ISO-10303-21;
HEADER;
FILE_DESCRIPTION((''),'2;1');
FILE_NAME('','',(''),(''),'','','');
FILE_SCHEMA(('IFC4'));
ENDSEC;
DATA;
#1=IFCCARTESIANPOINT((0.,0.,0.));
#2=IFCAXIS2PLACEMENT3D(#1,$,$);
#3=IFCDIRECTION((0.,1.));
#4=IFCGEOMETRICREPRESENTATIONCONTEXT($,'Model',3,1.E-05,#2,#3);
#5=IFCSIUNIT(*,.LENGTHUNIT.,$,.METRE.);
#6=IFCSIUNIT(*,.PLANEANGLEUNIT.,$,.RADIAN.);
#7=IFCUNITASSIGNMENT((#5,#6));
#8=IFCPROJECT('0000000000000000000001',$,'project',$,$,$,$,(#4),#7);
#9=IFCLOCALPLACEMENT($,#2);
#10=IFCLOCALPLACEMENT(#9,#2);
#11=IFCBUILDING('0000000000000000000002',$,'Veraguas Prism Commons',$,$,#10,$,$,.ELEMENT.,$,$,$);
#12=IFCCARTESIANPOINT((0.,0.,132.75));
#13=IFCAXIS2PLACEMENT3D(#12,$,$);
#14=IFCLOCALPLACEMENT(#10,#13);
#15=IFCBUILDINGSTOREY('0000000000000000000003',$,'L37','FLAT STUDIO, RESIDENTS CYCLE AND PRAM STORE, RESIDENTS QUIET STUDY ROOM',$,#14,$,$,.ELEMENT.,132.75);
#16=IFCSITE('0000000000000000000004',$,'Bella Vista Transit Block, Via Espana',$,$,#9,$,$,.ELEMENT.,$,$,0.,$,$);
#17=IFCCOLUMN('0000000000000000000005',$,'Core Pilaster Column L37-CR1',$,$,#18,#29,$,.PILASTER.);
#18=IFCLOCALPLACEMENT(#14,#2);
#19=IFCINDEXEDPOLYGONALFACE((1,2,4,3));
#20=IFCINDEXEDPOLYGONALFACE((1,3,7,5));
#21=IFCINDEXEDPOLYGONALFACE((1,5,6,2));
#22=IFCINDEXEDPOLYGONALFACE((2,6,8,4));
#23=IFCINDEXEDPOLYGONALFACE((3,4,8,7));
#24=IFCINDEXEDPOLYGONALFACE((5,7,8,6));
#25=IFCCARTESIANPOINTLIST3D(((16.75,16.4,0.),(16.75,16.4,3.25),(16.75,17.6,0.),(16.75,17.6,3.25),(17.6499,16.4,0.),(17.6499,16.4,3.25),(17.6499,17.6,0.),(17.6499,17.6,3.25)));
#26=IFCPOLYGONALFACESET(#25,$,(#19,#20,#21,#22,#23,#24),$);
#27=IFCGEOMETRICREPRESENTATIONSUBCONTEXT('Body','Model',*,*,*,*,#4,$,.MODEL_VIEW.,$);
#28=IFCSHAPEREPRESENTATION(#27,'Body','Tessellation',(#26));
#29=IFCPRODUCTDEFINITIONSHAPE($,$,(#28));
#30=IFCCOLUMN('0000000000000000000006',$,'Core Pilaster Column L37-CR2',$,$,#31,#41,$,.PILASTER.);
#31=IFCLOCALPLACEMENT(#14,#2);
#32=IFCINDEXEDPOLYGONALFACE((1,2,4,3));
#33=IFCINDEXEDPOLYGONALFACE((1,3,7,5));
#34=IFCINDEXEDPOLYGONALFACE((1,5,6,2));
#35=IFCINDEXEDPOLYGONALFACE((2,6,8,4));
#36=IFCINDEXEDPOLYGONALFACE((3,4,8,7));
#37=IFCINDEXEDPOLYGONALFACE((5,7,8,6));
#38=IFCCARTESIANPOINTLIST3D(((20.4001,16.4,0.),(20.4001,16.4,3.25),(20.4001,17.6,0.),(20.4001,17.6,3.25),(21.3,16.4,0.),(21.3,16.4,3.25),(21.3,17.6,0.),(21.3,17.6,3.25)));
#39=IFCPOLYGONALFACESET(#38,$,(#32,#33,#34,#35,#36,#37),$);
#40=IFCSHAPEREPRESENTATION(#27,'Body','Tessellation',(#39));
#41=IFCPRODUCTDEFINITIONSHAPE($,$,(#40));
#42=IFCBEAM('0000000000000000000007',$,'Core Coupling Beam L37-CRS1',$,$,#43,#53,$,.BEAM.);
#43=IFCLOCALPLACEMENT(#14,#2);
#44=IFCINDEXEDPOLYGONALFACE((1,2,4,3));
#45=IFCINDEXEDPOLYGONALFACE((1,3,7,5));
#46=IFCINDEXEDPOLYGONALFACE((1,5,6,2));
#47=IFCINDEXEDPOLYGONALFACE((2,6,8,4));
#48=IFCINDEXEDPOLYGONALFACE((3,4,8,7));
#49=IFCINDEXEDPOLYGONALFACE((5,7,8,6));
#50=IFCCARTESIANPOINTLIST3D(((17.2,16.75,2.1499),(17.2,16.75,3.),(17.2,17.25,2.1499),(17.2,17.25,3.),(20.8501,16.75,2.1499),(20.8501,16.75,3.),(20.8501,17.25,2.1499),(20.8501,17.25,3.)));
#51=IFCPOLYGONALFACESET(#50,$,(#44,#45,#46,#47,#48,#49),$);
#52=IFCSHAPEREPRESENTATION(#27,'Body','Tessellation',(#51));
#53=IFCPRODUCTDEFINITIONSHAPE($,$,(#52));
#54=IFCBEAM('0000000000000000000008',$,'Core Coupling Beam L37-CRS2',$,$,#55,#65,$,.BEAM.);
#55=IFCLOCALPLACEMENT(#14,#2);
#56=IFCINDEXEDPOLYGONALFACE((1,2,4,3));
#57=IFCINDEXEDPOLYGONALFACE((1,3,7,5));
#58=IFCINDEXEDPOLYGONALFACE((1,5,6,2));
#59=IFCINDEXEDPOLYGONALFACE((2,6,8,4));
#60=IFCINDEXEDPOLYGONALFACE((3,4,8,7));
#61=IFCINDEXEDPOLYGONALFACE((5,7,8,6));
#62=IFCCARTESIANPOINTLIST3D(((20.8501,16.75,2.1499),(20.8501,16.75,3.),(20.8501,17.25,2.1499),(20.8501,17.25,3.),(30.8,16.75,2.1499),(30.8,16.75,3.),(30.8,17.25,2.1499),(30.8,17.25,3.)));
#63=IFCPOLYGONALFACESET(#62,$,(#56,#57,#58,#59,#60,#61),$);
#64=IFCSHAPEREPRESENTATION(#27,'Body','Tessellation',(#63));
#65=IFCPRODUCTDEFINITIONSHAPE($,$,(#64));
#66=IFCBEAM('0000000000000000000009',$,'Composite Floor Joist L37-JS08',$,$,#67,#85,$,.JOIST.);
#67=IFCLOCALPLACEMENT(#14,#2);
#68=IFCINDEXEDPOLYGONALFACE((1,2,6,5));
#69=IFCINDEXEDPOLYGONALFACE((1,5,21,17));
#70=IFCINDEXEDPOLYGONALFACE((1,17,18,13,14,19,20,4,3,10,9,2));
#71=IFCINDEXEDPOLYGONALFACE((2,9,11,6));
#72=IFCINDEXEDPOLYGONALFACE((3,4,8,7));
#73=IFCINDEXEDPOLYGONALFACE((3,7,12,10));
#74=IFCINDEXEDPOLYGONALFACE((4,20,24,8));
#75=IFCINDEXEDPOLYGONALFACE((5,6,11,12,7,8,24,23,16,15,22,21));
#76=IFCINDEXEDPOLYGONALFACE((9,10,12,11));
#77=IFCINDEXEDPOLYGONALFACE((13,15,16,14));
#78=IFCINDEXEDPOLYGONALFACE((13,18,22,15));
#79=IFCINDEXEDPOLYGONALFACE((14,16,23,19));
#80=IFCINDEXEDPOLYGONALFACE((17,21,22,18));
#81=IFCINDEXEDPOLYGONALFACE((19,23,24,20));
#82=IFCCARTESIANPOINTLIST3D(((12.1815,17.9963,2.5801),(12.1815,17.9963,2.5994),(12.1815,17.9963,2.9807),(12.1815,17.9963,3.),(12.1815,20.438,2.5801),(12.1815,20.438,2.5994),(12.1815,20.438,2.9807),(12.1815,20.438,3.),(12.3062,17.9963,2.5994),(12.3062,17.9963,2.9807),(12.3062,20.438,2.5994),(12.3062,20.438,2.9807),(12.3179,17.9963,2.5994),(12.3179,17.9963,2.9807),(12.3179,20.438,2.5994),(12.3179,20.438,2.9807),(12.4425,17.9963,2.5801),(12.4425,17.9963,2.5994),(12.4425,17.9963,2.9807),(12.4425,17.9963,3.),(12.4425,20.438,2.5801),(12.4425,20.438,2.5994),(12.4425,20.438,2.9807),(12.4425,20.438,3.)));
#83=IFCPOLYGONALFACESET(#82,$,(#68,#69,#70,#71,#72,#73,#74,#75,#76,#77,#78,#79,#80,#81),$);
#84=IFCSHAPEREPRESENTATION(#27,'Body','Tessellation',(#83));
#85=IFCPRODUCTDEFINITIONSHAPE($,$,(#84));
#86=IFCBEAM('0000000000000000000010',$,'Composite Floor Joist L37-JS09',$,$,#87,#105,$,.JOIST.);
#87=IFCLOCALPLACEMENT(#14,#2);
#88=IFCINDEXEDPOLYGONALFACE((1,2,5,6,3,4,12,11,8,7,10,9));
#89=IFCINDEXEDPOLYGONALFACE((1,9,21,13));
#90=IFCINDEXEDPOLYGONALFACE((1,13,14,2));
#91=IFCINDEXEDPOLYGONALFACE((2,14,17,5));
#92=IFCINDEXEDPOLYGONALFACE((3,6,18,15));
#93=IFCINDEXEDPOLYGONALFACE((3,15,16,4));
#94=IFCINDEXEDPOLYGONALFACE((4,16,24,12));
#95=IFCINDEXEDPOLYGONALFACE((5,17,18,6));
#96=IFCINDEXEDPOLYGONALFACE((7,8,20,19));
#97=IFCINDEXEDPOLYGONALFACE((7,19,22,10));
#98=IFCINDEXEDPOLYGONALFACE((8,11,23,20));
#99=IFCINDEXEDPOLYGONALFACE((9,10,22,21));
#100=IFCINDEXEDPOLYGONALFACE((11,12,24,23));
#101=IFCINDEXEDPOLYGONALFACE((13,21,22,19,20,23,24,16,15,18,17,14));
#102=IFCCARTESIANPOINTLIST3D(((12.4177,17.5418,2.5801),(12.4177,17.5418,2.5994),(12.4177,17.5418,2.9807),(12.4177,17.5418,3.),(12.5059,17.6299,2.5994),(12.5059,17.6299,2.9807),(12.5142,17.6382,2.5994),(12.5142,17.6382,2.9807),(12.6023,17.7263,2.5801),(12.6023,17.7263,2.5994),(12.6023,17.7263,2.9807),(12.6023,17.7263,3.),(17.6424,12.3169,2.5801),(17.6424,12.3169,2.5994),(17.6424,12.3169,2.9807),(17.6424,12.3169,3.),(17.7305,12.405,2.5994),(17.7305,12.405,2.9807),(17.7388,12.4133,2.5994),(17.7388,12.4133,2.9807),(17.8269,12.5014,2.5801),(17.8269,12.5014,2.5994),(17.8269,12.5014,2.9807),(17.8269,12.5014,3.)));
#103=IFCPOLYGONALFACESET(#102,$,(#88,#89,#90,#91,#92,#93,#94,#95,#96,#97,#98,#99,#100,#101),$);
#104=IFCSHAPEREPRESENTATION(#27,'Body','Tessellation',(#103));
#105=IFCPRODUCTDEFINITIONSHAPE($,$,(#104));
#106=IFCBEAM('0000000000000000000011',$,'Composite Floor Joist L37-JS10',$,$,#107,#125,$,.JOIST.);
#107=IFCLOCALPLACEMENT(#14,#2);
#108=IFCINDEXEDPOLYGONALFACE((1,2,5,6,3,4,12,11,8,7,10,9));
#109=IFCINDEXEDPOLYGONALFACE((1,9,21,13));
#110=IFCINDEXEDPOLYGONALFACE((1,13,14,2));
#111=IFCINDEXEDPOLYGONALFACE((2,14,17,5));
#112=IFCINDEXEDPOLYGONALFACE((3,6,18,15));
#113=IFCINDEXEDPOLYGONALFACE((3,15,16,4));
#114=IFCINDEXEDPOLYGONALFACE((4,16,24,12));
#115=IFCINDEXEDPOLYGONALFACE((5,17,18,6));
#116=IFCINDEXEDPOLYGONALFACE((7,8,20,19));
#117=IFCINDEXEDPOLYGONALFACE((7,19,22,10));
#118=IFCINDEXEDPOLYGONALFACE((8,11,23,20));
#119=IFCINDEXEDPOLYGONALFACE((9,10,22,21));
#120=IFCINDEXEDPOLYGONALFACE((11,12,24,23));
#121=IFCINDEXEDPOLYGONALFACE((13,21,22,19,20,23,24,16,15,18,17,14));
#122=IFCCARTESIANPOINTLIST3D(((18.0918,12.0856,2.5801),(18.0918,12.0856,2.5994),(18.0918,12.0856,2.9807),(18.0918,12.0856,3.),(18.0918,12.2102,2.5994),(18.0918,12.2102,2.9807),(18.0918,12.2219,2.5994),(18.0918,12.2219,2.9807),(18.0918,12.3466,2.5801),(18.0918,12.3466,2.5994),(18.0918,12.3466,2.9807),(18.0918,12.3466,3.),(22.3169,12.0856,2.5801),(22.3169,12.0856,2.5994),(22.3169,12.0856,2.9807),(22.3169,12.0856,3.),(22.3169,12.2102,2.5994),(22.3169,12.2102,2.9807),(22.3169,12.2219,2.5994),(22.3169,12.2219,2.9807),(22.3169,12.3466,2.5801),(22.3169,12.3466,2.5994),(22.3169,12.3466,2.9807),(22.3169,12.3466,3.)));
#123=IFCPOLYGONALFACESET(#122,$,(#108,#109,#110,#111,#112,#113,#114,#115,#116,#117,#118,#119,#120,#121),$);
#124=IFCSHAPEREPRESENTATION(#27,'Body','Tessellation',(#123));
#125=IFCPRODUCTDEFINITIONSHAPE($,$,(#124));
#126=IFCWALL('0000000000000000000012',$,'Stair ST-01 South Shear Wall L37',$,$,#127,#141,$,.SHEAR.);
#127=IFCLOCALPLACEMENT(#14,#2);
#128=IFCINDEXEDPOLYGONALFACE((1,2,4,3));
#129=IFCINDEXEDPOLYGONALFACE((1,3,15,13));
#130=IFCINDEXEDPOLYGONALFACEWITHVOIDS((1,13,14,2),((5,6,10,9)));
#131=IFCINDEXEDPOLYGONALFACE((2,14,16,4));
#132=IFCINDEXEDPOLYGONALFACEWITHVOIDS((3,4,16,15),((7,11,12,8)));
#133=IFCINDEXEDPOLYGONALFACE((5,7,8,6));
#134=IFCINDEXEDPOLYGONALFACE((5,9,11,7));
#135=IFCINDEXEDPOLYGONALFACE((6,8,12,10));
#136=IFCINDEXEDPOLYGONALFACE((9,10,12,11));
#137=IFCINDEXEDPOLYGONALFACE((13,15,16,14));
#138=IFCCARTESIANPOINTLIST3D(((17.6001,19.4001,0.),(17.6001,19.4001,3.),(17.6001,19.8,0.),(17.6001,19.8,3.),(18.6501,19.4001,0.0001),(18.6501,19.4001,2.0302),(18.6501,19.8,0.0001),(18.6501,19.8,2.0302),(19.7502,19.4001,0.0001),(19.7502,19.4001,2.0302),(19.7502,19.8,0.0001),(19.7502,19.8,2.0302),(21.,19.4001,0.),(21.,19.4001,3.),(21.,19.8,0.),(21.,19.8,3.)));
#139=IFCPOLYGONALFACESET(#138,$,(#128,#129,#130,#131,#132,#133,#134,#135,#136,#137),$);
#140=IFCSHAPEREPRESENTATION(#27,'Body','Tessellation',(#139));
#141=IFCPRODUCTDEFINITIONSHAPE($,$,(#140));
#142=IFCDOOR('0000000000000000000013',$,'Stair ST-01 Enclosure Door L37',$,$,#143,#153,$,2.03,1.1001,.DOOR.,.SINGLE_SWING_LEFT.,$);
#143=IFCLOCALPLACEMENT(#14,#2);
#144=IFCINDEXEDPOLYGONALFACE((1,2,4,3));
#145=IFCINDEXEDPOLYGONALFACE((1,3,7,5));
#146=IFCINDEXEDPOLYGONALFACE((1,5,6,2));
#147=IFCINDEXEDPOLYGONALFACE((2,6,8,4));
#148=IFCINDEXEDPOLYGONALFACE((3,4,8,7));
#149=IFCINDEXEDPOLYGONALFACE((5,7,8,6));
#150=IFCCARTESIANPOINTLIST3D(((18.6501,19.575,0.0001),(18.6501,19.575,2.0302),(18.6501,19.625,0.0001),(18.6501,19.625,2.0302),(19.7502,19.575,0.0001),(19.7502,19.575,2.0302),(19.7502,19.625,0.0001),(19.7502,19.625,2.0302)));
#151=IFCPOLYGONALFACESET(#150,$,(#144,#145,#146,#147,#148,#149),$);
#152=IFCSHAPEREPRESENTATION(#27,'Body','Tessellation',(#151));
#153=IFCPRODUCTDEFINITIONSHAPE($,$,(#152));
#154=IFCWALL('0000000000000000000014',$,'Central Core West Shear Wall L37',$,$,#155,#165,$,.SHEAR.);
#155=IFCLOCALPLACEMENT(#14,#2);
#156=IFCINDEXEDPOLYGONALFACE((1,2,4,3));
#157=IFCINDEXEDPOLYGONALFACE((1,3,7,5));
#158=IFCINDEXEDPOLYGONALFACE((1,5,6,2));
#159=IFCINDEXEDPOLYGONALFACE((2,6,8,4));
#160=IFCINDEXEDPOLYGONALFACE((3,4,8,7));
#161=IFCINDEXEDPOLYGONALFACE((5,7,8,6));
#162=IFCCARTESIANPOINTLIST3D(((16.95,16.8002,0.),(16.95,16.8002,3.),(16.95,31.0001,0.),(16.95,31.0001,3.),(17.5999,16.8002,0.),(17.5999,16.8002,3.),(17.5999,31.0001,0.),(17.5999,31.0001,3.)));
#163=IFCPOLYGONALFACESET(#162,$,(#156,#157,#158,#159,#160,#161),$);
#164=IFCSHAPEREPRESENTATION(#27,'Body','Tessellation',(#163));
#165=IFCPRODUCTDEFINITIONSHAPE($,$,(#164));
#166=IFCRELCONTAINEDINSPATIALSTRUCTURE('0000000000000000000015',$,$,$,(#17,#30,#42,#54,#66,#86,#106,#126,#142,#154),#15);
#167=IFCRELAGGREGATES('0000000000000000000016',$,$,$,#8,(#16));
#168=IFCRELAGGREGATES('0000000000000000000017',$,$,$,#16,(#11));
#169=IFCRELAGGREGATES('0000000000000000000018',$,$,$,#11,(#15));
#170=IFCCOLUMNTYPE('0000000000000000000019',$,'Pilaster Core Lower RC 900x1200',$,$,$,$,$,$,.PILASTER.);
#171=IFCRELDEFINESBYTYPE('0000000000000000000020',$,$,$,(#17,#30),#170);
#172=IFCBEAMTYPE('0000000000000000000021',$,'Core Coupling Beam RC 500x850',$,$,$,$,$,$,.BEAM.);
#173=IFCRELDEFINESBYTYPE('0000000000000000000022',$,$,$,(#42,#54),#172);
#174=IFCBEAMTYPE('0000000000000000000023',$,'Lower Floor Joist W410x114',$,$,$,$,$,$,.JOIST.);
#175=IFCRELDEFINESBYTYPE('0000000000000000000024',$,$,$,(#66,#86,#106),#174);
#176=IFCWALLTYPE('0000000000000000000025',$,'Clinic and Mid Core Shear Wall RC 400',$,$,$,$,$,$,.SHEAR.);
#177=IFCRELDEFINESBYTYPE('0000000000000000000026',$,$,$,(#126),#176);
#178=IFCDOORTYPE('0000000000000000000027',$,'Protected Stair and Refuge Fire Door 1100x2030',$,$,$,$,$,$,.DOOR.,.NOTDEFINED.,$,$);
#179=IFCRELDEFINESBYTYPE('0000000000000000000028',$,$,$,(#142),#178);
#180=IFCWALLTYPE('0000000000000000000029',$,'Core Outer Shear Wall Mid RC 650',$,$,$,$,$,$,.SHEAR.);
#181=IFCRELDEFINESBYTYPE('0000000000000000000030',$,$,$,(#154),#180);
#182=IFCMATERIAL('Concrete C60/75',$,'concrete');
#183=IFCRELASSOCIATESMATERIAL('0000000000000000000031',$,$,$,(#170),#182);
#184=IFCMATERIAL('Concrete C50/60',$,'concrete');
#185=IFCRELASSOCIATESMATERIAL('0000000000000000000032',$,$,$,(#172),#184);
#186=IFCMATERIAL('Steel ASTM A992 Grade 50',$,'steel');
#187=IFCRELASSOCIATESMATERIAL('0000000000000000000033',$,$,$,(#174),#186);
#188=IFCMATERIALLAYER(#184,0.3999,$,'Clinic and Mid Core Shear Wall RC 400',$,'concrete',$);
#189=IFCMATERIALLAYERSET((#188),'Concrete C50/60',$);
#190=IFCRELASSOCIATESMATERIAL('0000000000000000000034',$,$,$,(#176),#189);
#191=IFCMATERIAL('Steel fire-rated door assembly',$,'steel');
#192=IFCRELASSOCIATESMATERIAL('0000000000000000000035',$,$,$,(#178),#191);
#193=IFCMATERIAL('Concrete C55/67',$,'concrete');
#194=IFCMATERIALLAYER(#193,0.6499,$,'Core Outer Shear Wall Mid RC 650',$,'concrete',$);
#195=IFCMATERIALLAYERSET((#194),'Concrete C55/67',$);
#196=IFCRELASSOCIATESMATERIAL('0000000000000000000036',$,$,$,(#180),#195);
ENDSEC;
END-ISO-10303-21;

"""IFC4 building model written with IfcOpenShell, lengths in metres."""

from ifc_helpers import new_model, si_unit, direction, frame, frame_2d, origin, origin_2d, place, context, subcontext, project, spatial, rectangle, i_section, extrude, source, transform, mapped, material, layer, layer_set, material_profile, profile_set, type_object, element, fill, save


model = new_model("IFC4")

# Units and contexts
model_context = context("Model", 3, precision=1e-05, world=origin(), true_north=direction((0.0, 1.0)))
body_context = subcontext(model_context, "Body", "Model", "MODEL_VIEW")
ifc_project = project(units=[si_unit("LENGTHUNIT", "METRE"), si_unit("PLANEANGLEUNIT", "RADIAN")], contexts=[model_context])

# Site, building, storey
site_placement = place(None, origin())
site = spatial("IfcSite", under=ifc_project, at=site_placement, Name="Bella Vista Transit Block, Via Espana", CompositionType="ELEMENT", RefElevation=0.0)
building_placement = place(site_placement, origin())
building = spatial("IfcBuilding", under=site, at=building_placement, Name="Veraguas Prism Commons", CompositionType="ELEMENT")
storey_placement = place(building_placement, frame((0.0, 0.0, 132.75)))
storey = spatial("IfcBuildingStorey", under=building, at=storey_placement, Name="L37", Description="FLAT STUDIO, RESIDENTS CYCLE AND PRAM STORE, RESIDENTS QUIET STUDY ROOM", CompositionType="ELEMENT", Elevation=132.75)

# Columns
ifc_material_1 = material(Name="Concrete C60/75", Category="concrete")
ifc_material_profile_1 = material_profile(ifc_material_1, rectangle(XDim=0.8999, YDim=1.2, at=origin_2d()), Name="RC900X1200")
ifc_profile_set_1 = profile_set([ifc_material_profile_1], Name="Concrete C60/75")
column_type = type_object("IfcColumnType", Name="Pilaster Core Lower RC 900x1200", PredefinedType="PILASTER", material=ifc_profile_set_1)
for number, where, z_axis, x_axis, name in (
    (1, (17.2, 17.0, 0.0), (0.0, 0.0, 1.0), (1.0, 0.0, 0.0), "Core Pilaster Column L37-CR1"),
    (2, (20.8501, 17.0, 0.0), (0.0, 0.0, 1.0), (1.0, 0.0, 0.0), "Core Pilaster Column L37-CR2"),
):
    element("IfcColumn", number, at=place(storey_placement, frame(where, z_axis=z_axis, x_axis=x_axis)), inside=storey, type_object=column_type, Name=name, PredefinedType="PILASTER", context=body_context, shape_type="SweptSolid", body=[
        extrude(rectangle(XDim=0.8999, YDim=1.2, at=origin_2d()), origin(), (0.0, 0.0, 1.0), 3.25),
    ])

# Beams
ifc_material_2 = material(Name="Concrete C50/60", Category="concrete")
ifc_material_profile_2 = material_profile(ifc_material_2, rectangle(XDim=0.5, YDim=0.8501, at=origin_2d()), Name="RC500X850")
ifc_profile_set_2 = profile_set([ifc_material_profile_2], Name="Concrete C50/60")
beam_type_1 = type_object("IfcBeamType", Name="Core Coupling Beam RC 500x850", PredefinedType="BEAM", material=ifc_profile_set_2)
beam_1_placement = place(storey_placement, frame((17.2, 17.0, 2.575), z_axis=(1.0, 0.0, 0.0), x_axis=(0.0, 1.0, 0.0)))
element("IfcBeam", 3, at=beam_1_placement, inside=storey, type_object=beam_type_1, Name="Core Coupling Beam L37-CRS1", PredefinedType="BEAM", context=body_context, shape_type="SweptSolid", body=[
    extrude(rectangle(XDim=0.5, YDim=0.8501, at=origin_2d()), origin(), (0.0, 0.0, 1.0), 3.6501),
])
beam_2_placement = place(storey_placement, frame((20.8501, 17.0, 2.575), z_axis=(1.0, 0.0, 0.0), x_axis=(0.0, 1.0, 0.0)))
element("IfcBeam", 4, at=beam_2_placement, inside=storey, type_object=beam_type_1, Name="Core Coupling Beam L37-CRS2", PredefinedType="BEAM", context=body_context, shape_type="SweptSolid", body=[
    extrude(rectangle(XDim=0.5, YDim=0.8501, at=origin_2d()), origin(), (0.0, 0.0, 1.0), 9.95),
])
ifc_material_3 = material(Name="Steel ASTM A992 Grade 50", Category="steel")
ifc_material_profile_3 = material_profile(ifc_material_3, i_section(OverallWidth=0.261, OverallDepth=0.4199, WebThickness=0.0117, FlangeThickness=0.0193, at=origin_2d()), Name="W410X114")
ifc_profile_set_3 = profile_set([ifc_material_profile_3], Name="Steel ASTM A992 Grade 50")
beam_type_2 = type_object("IfcBeamType", Name="Lower Floor Joist W410x114", PredefinedType="JOIST", material=ifc_profile_set_3)
beam_3_placement = place(storey_placement, frame((12.312, 20.438, 2.79), z_axis=(0.0, -1.0, 0.0), x_axis=(1.0, 0.0, 0.0)))
element("IfcBeam", 5, at=beam_3_placement, inside=storey, type_object=beam_type_2, Name="Composite Floor Joist L37-JS08", PredefinedType="JOIST", context=body_context, shape_type="SweptSolid", body=[
    extrude(i_section(OverallWidth=0.261, OverallDepth=0.4199, WebThickness=0.0117, FlangeThickness=0.0193, at=origin_2d()), origin(), (0.0, 0.0, 1.0), 2.4417),
])
beam_4_placement = place(storey_placement, frame((12.51, 17.634, 2.79), z_axis=(0.70709, -0.707123, 0.0), x_axis=(0.707123, 0.70709, 0.0)))
element("IfcBeam", 6, at=beam_4_placement, inside=storey, type_object=beam_type_2, Name="Composite Floor Joist L37-JS09", PredefinedType="JOIST", context=body_context, shape_type="SweptSolid", body=[
    extrude(i_section(OverallWidth=0.261, OverallDepth=0.4199, WebThickness=0.0117, FlangeThickness=0.0193, at=origin_2d()), origin(), (0.0, 0.0, 1.0), 7.3889),
])
beam_5_placement = place(storey_placement, frame((18.0918, 12.2161, 2.79), z_axis=(1.0, 0.0, 0.0), x_axis=(0.0, 1.0, 0.0)))
element("IfcBeam", 7, at=beam_5_placement, inside=storey, type_object=beam_type_2, Name="Composite Floor Joist L37-JS10", PredefinedType="JOIST", context=body_context, shape_type="SweptSolid", body=[
    extrude(i_section(OverallWidth=0.261, OverallDepth=0.4199, WebThickness=0.0117, FlangeThickness=0.0193, at=origin_2d()), origin(), (0.0, 0.0, 1.0), 4.2251),
])

# Wall, opening, door
ifc_layer_1 = layer(ifc_material_2, 0.3999, Name="Clinic and Mid Core Shear Wall RC 400", Category="concrete")
ifc_layer_set_1 = layer_set([ifc_layer_1], Name="Concrete C50/60")
wall_type_1 = type_object("IfcWallType", Name="Clinic and Mid Core Shear Wall RC 400", PredefinedType="SHEAR", material=ifc_layer_set_1)
wall_1_placement = place(storey_placement, frame((17.6001, 19.6001, 0.0), z_axis=(0.0, 0.0, 1.0), x_axis=(1.0, 0.0, 0.0)))
wall_1 = element("IfcWall", 8, at=wall_1_placement, inside=storey, type_object=wall_type_1, Name="Stair ST-01 South Shear Wall L37", PredefinedType="SHEAR", context=body_context, shape_type="SweptSolid", body=[
    extrude(rectangle(XDim=3.3999, YDim=0.3999, at=frame_2d((1.7, 0.0))), origin(), (0.0, 0.0, 1.0), 3.0),
])
opening_1_placement = place(wall_1_placement, frame((1.05, 0.0, 0.0)))
opening_1 = element("IfcOpeningElement", 9, at=opening_1_placement, cuts=wall_1, PredefinedType="OPENING", context=body_context, shape_type="SweptSolid", body=[
    extrude(rectangle(XDim=1.1001, YDim=2.03, at=frame_2d((0.55, 1.0151))), frame((0.0, 0.21, 0.0), z_axis=(0.0, -1.0, 0.0), x_axis=(1.0, 0.0, 0.0)), (0.0, 0.0, 1.0), 0.4199),
])
ifc_material_4 = material(Name="Steel fire-rated door assembly", Category="steel")
door_type_1 = type_object("IfcDoorType", Name="Protected Stair and Refuge Fire Door 1100x2030", OperationType="NOTDEFINED", PredefinedType="DOOR", material=ifc_material_4)
shared_shape_1 = source(origin(), body_context, "Body", "SweptSolid", [
    extrude(rectangle(XDim=1.1001, YDim=2.03, at=frame_2d((0.55, 1.0151))), frame((0.0, 0.0249, 0.0), z_axis=(0.0, -1.0, 0.0), x_axis=(1.0, 0.0, 0.0)), (0.0, 0.0, 1.0), 0.05),
])
door_1_placement = place(opening_1_placement, origin())
door_1 = element("IfcDoor", 10, at=door_1_placement, inside=storey, type_object=door_type_1, Name="Stair ST-01 Enclosure Door L37", OperationType="SINGLE_SWING_LEFT", OverallHeight=2.03, OverallWidth=1.1001, PredefinedType="DOOR", context=body_context, shape_type="MappedRepresentation", body=[
    mapped(shared_shape_1, transform((0.0, 0.0, 0.0), scale=1.0)),
])
fill(opening_1, door_1)

# Wall
ifc_material_5 = material(Name="Concrete C55/67", Category="concrete")
ifc_layer_2 = layer(ifc_material_5, 0.6499, Name="Core Outer Shear Wall Mid RC 650", Category="concrete")
ifc_layer_set_2 = layer_set([ifc_layer_2], Name="Concrete C55/67")
wall_type_2 = type_object("IfcWallType", Name="Core Outer Shear Wall Mid RC 650", PredefinedType="SHEAR", material=ifc_layer_set_2)
wall_2_placement = place(storey_placement, frame((17.2749, 16.8, 0.0), z_axis=(0.0, 0.0, 1.0), x_axis=(0.0, 1.0, 0.0)))
element("IfcWall", 11, at=wall_2_placement, inside=storey, type_object=wall_type_2, Name="Central Core West Shear Wall L37", PredefinedType="SHEAR", context=body_context, shape_type="SweptSolid", body=[
    extrude(rectangle(XDim=14.2, YDim=0.6499, at=frame_2d((7.1001, 0.0))), origin(), (0.0, 0.0, 1.0), 3.0),
])

save(model, "model.ifc")
